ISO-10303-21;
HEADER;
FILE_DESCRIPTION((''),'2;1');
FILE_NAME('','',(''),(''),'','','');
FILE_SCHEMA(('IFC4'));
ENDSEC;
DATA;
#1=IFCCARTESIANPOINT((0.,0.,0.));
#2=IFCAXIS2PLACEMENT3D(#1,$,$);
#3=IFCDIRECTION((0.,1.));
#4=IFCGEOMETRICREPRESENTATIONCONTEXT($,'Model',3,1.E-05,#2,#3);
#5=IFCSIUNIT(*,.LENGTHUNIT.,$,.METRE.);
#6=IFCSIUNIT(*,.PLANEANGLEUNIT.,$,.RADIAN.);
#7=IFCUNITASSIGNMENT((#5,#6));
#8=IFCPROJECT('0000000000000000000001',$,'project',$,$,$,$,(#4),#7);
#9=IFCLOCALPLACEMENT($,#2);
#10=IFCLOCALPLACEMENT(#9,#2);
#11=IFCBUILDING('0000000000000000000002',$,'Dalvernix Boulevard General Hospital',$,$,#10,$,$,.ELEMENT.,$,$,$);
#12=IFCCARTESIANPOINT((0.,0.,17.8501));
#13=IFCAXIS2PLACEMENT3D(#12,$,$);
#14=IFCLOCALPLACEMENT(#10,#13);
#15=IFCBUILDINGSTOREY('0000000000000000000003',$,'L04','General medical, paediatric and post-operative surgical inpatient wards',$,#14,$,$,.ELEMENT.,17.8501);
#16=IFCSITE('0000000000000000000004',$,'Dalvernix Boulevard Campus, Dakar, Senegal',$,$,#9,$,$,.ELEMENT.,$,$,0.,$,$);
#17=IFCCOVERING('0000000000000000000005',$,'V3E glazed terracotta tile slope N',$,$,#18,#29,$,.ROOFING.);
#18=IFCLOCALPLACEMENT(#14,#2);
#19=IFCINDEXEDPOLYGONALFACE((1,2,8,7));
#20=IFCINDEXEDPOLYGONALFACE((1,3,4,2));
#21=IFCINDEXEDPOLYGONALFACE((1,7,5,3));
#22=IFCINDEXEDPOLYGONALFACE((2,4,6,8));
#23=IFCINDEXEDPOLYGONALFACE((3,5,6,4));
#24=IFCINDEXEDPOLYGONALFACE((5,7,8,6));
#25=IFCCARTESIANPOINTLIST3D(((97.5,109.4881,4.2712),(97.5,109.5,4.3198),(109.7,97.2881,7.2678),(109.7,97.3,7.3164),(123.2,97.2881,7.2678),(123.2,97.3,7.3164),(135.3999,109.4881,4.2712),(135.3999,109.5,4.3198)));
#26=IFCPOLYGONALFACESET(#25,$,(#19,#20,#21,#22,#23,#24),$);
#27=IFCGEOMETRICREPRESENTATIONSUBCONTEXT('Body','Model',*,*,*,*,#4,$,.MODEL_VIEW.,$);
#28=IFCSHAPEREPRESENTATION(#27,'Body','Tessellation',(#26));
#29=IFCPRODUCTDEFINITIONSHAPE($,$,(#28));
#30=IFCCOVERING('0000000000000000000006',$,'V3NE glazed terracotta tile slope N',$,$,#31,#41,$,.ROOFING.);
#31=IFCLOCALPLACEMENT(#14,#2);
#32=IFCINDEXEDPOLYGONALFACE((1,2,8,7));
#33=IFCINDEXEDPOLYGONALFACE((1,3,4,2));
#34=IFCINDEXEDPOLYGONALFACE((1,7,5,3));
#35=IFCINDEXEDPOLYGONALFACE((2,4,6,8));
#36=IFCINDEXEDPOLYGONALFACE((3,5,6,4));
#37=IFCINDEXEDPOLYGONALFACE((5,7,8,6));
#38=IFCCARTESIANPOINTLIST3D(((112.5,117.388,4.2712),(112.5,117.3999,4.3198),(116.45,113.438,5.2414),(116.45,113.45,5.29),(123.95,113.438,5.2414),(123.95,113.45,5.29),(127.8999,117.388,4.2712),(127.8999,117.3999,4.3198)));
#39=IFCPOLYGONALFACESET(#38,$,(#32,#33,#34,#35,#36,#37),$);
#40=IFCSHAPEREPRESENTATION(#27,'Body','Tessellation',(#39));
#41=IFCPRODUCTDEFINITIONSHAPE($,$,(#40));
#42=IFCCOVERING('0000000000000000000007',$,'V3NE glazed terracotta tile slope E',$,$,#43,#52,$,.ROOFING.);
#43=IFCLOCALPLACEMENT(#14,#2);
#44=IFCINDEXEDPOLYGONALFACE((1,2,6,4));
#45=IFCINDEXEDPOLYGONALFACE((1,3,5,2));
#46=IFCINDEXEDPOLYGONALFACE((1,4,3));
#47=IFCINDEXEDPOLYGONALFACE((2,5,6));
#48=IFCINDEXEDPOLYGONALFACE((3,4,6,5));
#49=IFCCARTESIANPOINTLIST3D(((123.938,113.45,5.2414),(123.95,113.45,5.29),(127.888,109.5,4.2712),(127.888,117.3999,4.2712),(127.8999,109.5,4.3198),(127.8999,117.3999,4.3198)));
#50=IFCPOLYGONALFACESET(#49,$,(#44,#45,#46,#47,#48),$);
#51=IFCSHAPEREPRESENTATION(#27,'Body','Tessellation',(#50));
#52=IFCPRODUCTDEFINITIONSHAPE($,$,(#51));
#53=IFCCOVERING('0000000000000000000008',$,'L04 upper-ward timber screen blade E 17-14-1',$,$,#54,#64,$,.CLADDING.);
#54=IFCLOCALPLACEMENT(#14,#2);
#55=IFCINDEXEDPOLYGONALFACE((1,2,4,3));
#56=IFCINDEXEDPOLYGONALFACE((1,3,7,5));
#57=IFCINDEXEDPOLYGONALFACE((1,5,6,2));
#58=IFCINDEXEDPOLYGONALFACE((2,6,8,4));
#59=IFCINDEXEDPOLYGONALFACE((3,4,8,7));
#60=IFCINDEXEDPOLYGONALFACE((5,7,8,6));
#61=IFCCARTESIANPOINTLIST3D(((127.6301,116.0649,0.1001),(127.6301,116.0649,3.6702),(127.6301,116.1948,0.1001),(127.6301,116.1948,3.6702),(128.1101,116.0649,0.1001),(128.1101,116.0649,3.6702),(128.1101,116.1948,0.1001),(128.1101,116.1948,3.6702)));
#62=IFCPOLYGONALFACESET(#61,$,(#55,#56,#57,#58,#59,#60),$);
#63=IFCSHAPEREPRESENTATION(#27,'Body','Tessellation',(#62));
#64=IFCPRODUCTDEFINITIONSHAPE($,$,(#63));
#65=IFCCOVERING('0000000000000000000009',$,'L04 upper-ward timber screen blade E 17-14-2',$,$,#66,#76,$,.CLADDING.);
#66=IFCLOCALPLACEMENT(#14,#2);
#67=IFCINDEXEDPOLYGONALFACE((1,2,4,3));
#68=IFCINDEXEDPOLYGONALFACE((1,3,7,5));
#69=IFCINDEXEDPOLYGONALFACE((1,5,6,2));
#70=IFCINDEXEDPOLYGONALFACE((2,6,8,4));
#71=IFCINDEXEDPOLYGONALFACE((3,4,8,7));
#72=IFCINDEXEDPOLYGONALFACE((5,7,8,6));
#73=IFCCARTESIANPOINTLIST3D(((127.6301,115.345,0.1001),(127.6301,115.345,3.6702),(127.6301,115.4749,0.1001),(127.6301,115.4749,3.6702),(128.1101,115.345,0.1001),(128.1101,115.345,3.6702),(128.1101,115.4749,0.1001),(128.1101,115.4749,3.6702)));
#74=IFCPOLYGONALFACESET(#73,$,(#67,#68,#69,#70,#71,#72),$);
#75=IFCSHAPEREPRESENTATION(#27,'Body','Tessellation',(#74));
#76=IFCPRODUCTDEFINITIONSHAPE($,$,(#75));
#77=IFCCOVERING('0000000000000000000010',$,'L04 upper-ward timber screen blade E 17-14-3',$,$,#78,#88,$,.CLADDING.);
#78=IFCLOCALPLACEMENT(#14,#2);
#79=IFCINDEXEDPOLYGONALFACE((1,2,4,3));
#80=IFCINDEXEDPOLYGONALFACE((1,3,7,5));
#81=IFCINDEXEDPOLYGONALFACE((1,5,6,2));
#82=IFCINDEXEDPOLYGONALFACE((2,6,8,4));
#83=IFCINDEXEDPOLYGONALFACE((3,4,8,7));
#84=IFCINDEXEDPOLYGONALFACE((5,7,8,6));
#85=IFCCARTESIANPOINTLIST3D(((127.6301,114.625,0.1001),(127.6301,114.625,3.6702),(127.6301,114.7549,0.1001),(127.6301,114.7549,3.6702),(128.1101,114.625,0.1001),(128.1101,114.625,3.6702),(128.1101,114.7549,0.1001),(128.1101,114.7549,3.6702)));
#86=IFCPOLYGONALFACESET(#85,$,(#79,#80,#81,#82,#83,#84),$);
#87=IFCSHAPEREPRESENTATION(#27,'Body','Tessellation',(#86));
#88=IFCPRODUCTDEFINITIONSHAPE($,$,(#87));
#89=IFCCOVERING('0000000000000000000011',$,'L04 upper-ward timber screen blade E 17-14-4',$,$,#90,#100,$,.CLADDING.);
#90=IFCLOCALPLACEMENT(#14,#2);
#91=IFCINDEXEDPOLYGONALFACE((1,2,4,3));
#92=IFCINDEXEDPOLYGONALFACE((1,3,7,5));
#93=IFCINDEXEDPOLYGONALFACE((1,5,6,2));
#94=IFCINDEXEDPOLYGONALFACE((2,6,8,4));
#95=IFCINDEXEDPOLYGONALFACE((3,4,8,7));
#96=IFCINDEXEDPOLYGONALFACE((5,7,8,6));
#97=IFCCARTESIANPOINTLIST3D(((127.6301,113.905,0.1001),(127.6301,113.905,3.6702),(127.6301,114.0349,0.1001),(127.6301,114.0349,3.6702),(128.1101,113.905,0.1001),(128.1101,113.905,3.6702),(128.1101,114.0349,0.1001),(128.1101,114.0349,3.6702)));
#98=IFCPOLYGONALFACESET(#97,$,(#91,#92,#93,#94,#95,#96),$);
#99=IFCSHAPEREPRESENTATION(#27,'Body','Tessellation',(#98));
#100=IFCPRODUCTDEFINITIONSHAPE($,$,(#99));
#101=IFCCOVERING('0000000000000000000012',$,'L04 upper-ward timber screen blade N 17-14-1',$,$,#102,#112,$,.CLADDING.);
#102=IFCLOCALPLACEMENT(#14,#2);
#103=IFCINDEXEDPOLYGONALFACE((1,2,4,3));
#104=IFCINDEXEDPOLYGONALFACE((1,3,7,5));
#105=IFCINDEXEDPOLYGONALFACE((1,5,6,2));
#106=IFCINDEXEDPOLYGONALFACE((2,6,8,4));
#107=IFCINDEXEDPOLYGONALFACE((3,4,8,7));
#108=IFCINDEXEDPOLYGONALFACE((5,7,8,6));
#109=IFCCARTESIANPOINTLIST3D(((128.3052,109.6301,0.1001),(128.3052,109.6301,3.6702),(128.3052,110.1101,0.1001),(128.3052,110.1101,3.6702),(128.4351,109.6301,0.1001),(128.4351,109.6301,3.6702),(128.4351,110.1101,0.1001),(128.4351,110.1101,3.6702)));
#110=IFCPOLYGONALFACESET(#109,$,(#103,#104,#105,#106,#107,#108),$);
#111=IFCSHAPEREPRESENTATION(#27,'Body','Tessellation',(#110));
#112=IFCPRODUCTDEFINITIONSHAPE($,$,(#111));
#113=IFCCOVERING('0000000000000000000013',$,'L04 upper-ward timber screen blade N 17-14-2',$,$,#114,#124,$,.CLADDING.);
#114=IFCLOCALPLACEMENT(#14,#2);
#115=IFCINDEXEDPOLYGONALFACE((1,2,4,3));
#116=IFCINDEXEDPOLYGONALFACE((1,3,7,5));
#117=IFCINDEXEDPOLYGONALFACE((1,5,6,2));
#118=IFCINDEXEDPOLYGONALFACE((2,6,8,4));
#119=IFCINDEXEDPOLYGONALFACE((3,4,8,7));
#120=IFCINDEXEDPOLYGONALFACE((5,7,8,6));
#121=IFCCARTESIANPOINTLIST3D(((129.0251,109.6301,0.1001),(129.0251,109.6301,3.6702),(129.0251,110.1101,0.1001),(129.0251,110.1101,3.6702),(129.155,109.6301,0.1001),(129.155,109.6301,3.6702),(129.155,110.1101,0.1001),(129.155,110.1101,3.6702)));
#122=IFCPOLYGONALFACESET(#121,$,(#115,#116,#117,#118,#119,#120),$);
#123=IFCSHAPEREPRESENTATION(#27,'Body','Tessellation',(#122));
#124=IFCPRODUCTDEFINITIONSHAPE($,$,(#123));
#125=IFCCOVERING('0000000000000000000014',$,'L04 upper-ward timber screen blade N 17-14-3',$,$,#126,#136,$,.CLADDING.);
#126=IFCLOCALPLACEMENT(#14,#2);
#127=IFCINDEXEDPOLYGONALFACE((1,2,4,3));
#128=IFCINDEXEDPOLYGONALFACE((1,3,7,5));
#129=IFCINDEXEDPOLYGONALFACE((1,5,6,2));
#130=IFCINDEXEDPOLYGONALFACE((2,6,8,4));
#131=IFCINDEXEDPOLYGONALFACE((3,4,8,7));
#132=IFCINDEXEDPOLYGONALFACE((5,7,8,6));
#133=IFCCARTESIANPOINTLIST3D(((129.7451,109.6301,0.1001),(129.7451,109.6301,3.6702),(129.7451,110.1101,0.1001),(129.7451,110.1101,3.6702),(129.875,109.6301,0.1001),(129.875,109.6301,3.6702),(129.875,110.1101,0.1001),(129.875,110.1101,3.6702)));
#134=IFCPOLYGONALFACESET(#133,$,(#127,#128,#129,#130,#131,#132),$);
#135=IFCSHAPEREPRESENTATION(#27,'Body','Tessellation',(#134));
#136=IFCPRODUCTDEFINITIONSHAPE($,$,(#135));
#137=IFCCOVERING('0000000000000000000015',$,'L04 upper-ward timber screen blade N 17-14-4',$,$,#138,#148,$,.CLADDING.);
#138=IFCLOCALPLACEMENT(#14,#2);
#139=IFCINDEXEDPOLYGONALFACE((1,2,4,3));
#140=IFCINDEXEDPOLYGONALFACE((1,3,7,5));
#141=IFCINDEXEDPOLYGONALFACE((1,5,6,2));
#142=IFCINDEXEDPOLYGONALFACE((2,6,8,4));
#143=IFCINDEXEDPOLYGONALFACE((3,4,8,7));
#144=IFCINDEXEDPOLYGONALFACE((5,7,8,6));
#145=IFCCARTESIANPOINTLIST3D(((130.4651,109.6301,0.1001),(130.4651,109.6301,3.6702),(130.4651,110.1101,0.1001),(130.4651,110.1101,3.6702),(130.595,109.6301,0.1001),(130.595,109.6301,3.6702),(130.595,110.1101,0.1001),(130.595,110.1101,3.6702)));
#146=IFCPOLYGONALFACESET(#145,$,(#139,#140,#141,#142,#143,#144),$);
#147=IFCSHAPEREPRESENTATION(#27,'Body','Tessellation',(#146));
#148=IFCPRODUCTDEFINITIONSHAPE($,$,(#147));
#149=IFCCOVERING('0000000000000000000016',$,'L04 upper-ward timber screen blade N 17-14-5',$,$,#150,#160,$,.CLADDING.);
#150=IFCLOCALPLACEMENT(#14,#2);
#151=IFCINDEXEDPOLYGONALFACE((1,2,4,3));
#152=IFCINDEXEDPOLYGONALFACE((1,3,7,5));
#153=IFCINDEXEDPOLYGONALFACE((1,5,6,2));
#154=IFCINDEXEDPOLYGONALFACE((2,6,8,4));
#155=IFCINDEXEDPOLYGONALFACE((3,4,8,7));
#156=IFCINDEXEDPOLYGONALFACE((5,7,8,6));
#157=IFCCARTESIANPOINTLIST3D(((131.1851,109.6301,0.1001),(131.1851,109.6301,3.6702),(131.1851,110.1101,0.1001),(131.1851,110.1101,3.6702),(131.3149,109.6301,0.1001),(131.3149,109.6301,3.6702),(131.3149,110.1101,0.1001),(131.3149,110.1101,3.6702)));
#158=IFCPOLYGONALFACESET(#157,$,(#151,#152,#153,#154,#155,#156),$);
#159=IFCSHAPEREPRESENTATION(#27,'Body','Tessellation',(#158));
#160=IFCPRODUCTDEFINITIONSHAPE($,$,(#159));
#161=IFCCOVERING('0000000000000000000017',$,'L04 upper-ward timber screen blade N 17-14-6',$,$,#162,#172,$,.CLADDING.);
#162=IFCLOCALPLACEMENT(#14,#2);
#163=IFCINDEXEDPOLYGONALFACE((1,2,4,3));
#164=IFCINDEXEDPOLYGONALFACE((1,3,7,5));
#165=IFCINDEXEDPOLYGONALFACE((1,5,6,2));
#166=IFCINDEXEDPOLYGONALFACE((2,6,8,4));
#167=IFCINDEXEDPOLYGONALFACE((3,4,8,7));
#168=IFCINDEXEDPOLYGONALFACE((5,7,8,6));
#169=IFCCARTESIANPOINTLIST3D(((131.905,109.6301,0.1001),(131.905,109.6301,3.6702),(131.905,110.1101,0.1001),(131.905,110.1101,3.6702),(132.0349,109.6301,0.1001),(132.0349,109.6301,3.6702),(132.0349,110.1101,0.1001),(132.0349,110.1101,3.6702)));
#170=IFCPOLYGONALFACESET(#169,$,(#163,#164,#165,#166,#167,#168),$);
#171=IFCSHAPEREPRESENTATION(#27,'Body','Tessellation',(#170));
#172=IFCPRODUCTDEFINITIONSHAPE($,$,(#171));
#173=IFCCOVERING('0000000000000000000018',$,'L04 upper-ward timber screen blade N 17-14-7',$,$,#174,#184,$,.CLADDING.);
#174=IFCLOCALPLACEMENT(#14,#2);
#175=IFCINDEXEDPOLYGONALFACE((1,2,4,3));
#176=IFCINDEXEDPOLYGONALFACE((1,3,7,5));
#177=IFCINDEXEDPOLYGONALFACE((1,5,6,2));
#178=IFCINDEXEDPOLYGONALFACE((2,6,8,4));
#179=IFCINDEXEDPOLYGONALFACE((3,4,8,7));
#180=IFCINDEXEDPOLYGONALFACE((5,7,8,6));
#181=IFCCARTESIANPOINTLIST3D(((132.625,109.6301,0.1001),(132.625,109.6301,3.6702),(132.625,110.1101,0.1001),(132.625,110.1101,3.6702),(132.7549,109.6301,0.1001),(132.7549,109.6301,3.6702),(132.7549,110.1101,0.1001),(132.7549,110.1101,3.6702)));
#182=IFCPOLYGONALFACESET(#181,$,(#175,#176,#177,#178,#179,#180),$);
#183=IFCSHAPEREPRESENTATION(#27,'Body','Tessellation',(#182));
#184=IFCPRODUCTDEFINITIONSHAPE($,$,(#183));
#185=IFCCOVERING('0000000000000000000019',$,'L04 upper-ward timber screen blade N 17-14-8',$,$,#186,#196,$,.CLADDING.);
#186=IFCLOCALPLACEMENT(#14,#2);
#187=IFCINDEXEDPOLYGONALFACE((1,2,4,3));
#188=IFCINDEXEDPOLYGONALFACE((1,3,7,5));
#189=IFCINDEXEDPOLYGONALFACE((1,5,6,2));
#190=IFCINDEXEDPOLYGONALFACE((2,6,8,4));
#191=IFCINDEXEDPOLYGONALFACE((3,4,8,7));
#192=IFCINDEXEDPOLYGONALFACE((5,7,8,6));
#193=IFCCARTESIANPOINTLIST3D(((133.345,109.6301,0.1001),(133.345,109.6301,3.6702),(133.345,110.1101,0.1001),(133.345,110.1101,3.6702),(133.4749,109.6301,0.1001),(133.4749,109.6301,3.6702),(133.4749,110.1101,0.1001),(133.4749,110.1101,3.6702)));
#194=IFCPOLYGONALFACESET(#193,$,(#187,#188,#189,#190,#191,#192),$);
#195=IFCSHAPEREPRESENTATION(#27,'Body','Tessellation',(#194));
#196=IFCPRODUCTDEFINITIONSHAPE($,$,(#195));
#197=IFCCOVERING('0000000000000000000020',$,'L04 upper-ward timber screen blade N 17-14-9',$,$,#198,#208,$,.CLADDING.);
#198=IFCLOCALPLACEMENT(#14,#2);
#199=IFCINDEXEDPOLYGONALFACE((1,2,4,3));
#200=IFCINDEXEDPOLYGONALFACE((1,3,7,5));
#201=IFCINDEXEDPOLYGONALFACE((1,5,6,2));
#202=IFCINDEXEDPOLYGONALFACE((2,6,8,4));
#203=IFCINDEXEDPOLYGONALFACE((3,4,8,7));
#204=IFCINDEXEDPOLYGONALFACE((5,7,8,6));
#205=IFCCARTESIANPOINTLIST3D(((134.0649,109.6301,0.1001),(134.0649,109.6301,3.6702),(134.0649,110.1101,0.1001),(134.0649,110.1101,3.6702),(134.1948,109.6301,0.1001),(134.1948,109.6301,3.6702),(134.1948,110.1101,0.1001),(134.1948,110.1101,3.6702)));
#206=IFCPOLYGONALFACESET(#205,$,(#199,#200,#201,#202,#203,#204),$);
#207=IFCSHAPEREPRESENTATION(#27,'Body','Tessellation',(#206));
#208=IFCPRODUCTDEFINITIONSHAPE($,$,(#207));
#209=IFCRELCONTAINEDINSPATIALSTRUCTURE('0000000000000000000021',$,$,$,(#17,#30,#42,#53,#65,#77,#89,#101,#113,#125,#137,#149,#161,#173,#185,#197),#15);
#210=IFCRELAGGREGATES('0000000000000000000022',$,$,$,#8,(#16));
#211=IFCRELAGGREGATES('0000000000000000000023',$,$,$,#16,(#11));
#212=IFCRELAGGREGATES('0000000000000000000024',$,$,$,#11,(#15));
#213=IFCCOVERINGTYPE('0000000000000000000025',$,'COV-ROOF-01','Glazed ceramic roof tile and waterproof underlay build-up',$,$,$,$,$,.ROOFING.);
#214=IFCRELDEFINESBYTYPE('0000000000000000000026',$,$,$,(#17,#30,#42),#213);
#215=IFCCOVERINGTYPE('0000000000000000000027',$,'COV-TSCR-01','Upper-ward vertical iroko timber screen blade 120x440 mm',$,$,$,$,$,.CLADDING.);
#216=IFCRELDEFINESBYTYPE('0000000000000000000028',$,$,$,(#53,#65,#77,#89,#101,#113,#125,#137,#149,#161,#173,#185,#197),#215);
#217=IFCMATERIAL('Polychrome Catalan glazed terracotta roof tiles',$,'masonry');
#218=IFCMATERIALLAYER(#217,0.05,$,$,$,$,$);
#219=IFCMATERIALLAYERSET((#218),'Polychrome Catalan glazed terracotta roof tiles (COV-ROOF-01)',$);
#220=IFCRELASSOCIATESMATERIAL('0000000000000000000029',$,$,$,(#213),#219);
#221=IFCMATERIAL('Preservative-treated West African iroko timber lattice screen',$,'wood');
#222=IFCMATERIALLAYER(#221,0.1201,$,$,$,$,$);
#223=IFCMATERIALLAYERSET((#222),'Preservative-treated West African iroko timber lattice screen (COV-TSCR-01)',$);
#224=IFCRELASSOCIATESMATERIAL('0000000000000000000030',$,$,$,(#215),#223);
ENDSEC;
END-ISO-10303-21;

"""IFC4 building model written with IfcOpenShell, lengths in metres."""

from ifc_helpers import new_model, si_unit, direction, frame, origin, origin_2d, place, context, subcontext, project, spatial, polyline, rectangle, outline, extrude, material, layer, layer_set, type_object, element, save


model = new_model("IFC4")

# Units and contexts
model_context = context("Model", 3, precision=1e-05, world=origin(), true_north=direction((0.0, 1.0)))
body_context = subcontext(model_context, "Body", "Model", "MODEL_VIEW")
ifc_project = project(units=[si_unit("LENGTHUNIT", "METRE"), si_unit("PLANEANGLEUNIT", "RADIAN")], contexts=[model_context])

# Site, building, storey
site_placement = place(None, origin())
site = spatial("IfcSite", under=ifc_project, at=site_placement, Name="Dalvernix Boulevard Campus, Dakar, Senegal", CompositionType="ELEMENT", RefElevation=0.0)
building_placement = place(site_placement, origin())
building = spatial("IfcBuilding", under=site, at=building_placement, Name="Dalvernix Boulevard General Hospital", CompositionType="ELEMENT")
storey_placement = place(building_placement, frame((0.0, 0.0, 17.8501)))
storey = spatial("IfcBuildingStorey", under=building, at=storey_placement, Name="L04", Description="General medical, paediatric and post-operative surgical inpatient wards", CompositionType="ELEMENT", Elevation=17.8501)

# Coverings
ifc_material_1 = material(Name="Polychrome Catalan glazed terracotta roof tiles", Category="masonry")
ifc_layer_1 = layer(ifc_material_1, 0.05)
ifc_layer_set_1 = layer_set([ifc_layer_1], Name="Polychrome Catalan glazed terracotta roof tiles (COV-ROOF-01)")
covering_type_1 = type_object("IfcCoveringType", Name="COV-ROOF-01", Description="Glazed ceramic roof tile and waterproof underlay build-up", PredefinedType="ROOFING", material=ifc_layer_set_1)
covering_1_placement = place(storey_placement, frame((135.3999, 109.5, 4.3198), z_axis=(0.0, 0.238532, 0.971135), x_axis=(-1.0, 0.0, 0.0)))
element("IfcCovering", 1, at=covering_1_placement, inside=storey, type_object=covering_type_1, Name="V3E glazed terracotta tile slope N", PredefinedType="ROOFING", context=body_context, shape_type="SweptSolid", body=[
    extrude(outline(polyline([(0.0, 0.0), (37.8999, 0.0), (25.7, 12.5626), (12.2, 12.5626), (0.0, 0.0)])), origin(), (0.0, 0.0, -1.0), 0.05),
])
covering_2_placement = place(storey_placement, frame((127.8999, 117.3999, 4.3198), z_axis=(0.0, 0.238537, 0.971133), x_axis=(-1.0, 0.0, 0.0)))
element("IfcCovering", 2, at=covering_2_placement, inside=storey, type_object=covering_type_1, Name="V3NE glazed terracotta tile slope N", PredefinedType="ROOFING", context=body_context, shape_type="SweptSolid", body=[
    extrude(outline(polyline([(0.0, 0.0), (15.3999, 0.0), (11.45, 4.0674), (3.95, 4.0674), (0.0, 0.0)])), origin(), (0.0, 0.0, -1.0), 0.05),
])
covering_3_placement = place(storey_placement, frame((127.8999, 109.5, 4.3198), z_axis=(0.238537, 0.0, 0.971133), x_axis=(0.0, 1.0, 0.0)))
element("IfcCovering", 3, at=covering_3_placement, inside=storey, type_object=covering_type_1, Name="V3NE glazed terracotta tile slope E", PredefinedType="ROOFING", context=body_context, shape_type="SweptSolid", body=[
    extrude(outline(polyline([(0.0, 0.0), (7.8999, 0.0), (3.95, 4.0674), (0.0, 0.0)])), origin(), (0.0, 0.0, -1.0), 0.05),
])
ifc_material_2 = material(Name="Preservative-treated West African iroko timber lattice screen", Category="wood")
ifc_layer_2 = layer(ifc_material_2, 0.1201)
ifc_layer_set_2 = layer_set([ifc_layer_2], Name="Preservative-treated West African iroko timber lattice screen (COV-TSCR-01)")
covering_type_2 = type_object("IfcCoveringType", Name="COV-TSCR-01", Description="Upper-ward vertical iroko timber screen blade 120x440 mm", PredefinedType="CLADDING", material=ifc_layer_set_2)
for number, where, z_axis, x_axis, name in (
    (4, (127.8701, 116.1299, 0.1001), (0.0, 0.0, 1.0), (0.0, -1.0, 0.0), "L04 upper-ward timber screen blade E 17-14-1"),
    (5, (127.8701, 115.4099, 0.1001), (0.0, 0.0, 1.0), (0.0, -1.0, 0.0), "L04 upper-ward timber screen blade E 17-14-2"),
    (6, (127.8701, 114.6899, 0.1001), (0.0, 0.0, 1.0), (0.0, -1.0, 0.0), "L04 upper-ward timber screen blade E 17-14-3"),
    (7, (127.8701, 113.97, 0.1001), (0.0, 0.0, 1.0), (0.0, -1.0, 0.0), "L04 upper-ward timber screen blade E 17-14-4"),
    (8, (128.3701, 109.8701, 0.1001), (0.0, 0.0, 1.0), (1.0, 0.0, 0.0), "L04 upper-ward timber screen blade N 17-14-1"),
    (9, (129.0901, 109.8701, 0.1001), (0.0, 0.0, 1.0), (1.0, 0.0, 0.0), "L04 upper-ward timber screen blade N 17-14-2"),
    (10, (129.8101, 109.8701, 0.1001), (0.0, 0.0, 1.0), (1.0, 0.0, 0.0), "L04 upper-ward timber screen blade N 17-14-3"),
    (11, (130.53, 109.8701, 0.1001), (0.0, 0.0, 1.0), (1.0, 0.0, 0.0), "L04 upper-ward timber screen blade N 17-14-4"),
    (12, (131.25, 109.8701, 0.1001), (0.0, 0.0, 1.0), (1.0, 0.0, 0.0), "L04 upper-ward timber screen blade N 17-14-5"),
    (13, (131.97, 109.8701, 0.1001), (0.0, 0.0, 1.0), (1.0, 0.0, 0.0), "L04 upper-ward timber screen blade N 17-14-6"),
    (14, (132.6899, 109.8701, 0.1001), (0.0, 0.0, 1.0), (1.0, 0.0, 0.0), "L04 upper-ward timber screen blade N 17-14-7"),
    (15, (133.4099, 109.8701, 0.1001), (0.0, 0.0, 1.0), (1.0, 0.0, 0.0), "L04 upper-ward timber screen blade N 17-14-8"),
    (16, (134.1299, 109.8701, 0.1001), (0.0, 0.0, 1.0), (1.0, 0.0, 0.0), "L04 upper-ward timber screen blade N 17-14-9"),
):
    element("IfcCovering", number, at=place(storey_placement, frame(where, z_axis=z_axis, x_axis=x_axis)), inside=storey, type_object=covering_type_2, Name=name, PredefinedType="CLADDING", context=body_context, shape_type="SweptSolid", body=[
        extrude(rectangle(XDim=0.1299, YDim=0.48, at=origin_2d()), origin(), (0.0, 0.0, 1.0), 3.5701),
    ])

save(model, "model.ifc")
